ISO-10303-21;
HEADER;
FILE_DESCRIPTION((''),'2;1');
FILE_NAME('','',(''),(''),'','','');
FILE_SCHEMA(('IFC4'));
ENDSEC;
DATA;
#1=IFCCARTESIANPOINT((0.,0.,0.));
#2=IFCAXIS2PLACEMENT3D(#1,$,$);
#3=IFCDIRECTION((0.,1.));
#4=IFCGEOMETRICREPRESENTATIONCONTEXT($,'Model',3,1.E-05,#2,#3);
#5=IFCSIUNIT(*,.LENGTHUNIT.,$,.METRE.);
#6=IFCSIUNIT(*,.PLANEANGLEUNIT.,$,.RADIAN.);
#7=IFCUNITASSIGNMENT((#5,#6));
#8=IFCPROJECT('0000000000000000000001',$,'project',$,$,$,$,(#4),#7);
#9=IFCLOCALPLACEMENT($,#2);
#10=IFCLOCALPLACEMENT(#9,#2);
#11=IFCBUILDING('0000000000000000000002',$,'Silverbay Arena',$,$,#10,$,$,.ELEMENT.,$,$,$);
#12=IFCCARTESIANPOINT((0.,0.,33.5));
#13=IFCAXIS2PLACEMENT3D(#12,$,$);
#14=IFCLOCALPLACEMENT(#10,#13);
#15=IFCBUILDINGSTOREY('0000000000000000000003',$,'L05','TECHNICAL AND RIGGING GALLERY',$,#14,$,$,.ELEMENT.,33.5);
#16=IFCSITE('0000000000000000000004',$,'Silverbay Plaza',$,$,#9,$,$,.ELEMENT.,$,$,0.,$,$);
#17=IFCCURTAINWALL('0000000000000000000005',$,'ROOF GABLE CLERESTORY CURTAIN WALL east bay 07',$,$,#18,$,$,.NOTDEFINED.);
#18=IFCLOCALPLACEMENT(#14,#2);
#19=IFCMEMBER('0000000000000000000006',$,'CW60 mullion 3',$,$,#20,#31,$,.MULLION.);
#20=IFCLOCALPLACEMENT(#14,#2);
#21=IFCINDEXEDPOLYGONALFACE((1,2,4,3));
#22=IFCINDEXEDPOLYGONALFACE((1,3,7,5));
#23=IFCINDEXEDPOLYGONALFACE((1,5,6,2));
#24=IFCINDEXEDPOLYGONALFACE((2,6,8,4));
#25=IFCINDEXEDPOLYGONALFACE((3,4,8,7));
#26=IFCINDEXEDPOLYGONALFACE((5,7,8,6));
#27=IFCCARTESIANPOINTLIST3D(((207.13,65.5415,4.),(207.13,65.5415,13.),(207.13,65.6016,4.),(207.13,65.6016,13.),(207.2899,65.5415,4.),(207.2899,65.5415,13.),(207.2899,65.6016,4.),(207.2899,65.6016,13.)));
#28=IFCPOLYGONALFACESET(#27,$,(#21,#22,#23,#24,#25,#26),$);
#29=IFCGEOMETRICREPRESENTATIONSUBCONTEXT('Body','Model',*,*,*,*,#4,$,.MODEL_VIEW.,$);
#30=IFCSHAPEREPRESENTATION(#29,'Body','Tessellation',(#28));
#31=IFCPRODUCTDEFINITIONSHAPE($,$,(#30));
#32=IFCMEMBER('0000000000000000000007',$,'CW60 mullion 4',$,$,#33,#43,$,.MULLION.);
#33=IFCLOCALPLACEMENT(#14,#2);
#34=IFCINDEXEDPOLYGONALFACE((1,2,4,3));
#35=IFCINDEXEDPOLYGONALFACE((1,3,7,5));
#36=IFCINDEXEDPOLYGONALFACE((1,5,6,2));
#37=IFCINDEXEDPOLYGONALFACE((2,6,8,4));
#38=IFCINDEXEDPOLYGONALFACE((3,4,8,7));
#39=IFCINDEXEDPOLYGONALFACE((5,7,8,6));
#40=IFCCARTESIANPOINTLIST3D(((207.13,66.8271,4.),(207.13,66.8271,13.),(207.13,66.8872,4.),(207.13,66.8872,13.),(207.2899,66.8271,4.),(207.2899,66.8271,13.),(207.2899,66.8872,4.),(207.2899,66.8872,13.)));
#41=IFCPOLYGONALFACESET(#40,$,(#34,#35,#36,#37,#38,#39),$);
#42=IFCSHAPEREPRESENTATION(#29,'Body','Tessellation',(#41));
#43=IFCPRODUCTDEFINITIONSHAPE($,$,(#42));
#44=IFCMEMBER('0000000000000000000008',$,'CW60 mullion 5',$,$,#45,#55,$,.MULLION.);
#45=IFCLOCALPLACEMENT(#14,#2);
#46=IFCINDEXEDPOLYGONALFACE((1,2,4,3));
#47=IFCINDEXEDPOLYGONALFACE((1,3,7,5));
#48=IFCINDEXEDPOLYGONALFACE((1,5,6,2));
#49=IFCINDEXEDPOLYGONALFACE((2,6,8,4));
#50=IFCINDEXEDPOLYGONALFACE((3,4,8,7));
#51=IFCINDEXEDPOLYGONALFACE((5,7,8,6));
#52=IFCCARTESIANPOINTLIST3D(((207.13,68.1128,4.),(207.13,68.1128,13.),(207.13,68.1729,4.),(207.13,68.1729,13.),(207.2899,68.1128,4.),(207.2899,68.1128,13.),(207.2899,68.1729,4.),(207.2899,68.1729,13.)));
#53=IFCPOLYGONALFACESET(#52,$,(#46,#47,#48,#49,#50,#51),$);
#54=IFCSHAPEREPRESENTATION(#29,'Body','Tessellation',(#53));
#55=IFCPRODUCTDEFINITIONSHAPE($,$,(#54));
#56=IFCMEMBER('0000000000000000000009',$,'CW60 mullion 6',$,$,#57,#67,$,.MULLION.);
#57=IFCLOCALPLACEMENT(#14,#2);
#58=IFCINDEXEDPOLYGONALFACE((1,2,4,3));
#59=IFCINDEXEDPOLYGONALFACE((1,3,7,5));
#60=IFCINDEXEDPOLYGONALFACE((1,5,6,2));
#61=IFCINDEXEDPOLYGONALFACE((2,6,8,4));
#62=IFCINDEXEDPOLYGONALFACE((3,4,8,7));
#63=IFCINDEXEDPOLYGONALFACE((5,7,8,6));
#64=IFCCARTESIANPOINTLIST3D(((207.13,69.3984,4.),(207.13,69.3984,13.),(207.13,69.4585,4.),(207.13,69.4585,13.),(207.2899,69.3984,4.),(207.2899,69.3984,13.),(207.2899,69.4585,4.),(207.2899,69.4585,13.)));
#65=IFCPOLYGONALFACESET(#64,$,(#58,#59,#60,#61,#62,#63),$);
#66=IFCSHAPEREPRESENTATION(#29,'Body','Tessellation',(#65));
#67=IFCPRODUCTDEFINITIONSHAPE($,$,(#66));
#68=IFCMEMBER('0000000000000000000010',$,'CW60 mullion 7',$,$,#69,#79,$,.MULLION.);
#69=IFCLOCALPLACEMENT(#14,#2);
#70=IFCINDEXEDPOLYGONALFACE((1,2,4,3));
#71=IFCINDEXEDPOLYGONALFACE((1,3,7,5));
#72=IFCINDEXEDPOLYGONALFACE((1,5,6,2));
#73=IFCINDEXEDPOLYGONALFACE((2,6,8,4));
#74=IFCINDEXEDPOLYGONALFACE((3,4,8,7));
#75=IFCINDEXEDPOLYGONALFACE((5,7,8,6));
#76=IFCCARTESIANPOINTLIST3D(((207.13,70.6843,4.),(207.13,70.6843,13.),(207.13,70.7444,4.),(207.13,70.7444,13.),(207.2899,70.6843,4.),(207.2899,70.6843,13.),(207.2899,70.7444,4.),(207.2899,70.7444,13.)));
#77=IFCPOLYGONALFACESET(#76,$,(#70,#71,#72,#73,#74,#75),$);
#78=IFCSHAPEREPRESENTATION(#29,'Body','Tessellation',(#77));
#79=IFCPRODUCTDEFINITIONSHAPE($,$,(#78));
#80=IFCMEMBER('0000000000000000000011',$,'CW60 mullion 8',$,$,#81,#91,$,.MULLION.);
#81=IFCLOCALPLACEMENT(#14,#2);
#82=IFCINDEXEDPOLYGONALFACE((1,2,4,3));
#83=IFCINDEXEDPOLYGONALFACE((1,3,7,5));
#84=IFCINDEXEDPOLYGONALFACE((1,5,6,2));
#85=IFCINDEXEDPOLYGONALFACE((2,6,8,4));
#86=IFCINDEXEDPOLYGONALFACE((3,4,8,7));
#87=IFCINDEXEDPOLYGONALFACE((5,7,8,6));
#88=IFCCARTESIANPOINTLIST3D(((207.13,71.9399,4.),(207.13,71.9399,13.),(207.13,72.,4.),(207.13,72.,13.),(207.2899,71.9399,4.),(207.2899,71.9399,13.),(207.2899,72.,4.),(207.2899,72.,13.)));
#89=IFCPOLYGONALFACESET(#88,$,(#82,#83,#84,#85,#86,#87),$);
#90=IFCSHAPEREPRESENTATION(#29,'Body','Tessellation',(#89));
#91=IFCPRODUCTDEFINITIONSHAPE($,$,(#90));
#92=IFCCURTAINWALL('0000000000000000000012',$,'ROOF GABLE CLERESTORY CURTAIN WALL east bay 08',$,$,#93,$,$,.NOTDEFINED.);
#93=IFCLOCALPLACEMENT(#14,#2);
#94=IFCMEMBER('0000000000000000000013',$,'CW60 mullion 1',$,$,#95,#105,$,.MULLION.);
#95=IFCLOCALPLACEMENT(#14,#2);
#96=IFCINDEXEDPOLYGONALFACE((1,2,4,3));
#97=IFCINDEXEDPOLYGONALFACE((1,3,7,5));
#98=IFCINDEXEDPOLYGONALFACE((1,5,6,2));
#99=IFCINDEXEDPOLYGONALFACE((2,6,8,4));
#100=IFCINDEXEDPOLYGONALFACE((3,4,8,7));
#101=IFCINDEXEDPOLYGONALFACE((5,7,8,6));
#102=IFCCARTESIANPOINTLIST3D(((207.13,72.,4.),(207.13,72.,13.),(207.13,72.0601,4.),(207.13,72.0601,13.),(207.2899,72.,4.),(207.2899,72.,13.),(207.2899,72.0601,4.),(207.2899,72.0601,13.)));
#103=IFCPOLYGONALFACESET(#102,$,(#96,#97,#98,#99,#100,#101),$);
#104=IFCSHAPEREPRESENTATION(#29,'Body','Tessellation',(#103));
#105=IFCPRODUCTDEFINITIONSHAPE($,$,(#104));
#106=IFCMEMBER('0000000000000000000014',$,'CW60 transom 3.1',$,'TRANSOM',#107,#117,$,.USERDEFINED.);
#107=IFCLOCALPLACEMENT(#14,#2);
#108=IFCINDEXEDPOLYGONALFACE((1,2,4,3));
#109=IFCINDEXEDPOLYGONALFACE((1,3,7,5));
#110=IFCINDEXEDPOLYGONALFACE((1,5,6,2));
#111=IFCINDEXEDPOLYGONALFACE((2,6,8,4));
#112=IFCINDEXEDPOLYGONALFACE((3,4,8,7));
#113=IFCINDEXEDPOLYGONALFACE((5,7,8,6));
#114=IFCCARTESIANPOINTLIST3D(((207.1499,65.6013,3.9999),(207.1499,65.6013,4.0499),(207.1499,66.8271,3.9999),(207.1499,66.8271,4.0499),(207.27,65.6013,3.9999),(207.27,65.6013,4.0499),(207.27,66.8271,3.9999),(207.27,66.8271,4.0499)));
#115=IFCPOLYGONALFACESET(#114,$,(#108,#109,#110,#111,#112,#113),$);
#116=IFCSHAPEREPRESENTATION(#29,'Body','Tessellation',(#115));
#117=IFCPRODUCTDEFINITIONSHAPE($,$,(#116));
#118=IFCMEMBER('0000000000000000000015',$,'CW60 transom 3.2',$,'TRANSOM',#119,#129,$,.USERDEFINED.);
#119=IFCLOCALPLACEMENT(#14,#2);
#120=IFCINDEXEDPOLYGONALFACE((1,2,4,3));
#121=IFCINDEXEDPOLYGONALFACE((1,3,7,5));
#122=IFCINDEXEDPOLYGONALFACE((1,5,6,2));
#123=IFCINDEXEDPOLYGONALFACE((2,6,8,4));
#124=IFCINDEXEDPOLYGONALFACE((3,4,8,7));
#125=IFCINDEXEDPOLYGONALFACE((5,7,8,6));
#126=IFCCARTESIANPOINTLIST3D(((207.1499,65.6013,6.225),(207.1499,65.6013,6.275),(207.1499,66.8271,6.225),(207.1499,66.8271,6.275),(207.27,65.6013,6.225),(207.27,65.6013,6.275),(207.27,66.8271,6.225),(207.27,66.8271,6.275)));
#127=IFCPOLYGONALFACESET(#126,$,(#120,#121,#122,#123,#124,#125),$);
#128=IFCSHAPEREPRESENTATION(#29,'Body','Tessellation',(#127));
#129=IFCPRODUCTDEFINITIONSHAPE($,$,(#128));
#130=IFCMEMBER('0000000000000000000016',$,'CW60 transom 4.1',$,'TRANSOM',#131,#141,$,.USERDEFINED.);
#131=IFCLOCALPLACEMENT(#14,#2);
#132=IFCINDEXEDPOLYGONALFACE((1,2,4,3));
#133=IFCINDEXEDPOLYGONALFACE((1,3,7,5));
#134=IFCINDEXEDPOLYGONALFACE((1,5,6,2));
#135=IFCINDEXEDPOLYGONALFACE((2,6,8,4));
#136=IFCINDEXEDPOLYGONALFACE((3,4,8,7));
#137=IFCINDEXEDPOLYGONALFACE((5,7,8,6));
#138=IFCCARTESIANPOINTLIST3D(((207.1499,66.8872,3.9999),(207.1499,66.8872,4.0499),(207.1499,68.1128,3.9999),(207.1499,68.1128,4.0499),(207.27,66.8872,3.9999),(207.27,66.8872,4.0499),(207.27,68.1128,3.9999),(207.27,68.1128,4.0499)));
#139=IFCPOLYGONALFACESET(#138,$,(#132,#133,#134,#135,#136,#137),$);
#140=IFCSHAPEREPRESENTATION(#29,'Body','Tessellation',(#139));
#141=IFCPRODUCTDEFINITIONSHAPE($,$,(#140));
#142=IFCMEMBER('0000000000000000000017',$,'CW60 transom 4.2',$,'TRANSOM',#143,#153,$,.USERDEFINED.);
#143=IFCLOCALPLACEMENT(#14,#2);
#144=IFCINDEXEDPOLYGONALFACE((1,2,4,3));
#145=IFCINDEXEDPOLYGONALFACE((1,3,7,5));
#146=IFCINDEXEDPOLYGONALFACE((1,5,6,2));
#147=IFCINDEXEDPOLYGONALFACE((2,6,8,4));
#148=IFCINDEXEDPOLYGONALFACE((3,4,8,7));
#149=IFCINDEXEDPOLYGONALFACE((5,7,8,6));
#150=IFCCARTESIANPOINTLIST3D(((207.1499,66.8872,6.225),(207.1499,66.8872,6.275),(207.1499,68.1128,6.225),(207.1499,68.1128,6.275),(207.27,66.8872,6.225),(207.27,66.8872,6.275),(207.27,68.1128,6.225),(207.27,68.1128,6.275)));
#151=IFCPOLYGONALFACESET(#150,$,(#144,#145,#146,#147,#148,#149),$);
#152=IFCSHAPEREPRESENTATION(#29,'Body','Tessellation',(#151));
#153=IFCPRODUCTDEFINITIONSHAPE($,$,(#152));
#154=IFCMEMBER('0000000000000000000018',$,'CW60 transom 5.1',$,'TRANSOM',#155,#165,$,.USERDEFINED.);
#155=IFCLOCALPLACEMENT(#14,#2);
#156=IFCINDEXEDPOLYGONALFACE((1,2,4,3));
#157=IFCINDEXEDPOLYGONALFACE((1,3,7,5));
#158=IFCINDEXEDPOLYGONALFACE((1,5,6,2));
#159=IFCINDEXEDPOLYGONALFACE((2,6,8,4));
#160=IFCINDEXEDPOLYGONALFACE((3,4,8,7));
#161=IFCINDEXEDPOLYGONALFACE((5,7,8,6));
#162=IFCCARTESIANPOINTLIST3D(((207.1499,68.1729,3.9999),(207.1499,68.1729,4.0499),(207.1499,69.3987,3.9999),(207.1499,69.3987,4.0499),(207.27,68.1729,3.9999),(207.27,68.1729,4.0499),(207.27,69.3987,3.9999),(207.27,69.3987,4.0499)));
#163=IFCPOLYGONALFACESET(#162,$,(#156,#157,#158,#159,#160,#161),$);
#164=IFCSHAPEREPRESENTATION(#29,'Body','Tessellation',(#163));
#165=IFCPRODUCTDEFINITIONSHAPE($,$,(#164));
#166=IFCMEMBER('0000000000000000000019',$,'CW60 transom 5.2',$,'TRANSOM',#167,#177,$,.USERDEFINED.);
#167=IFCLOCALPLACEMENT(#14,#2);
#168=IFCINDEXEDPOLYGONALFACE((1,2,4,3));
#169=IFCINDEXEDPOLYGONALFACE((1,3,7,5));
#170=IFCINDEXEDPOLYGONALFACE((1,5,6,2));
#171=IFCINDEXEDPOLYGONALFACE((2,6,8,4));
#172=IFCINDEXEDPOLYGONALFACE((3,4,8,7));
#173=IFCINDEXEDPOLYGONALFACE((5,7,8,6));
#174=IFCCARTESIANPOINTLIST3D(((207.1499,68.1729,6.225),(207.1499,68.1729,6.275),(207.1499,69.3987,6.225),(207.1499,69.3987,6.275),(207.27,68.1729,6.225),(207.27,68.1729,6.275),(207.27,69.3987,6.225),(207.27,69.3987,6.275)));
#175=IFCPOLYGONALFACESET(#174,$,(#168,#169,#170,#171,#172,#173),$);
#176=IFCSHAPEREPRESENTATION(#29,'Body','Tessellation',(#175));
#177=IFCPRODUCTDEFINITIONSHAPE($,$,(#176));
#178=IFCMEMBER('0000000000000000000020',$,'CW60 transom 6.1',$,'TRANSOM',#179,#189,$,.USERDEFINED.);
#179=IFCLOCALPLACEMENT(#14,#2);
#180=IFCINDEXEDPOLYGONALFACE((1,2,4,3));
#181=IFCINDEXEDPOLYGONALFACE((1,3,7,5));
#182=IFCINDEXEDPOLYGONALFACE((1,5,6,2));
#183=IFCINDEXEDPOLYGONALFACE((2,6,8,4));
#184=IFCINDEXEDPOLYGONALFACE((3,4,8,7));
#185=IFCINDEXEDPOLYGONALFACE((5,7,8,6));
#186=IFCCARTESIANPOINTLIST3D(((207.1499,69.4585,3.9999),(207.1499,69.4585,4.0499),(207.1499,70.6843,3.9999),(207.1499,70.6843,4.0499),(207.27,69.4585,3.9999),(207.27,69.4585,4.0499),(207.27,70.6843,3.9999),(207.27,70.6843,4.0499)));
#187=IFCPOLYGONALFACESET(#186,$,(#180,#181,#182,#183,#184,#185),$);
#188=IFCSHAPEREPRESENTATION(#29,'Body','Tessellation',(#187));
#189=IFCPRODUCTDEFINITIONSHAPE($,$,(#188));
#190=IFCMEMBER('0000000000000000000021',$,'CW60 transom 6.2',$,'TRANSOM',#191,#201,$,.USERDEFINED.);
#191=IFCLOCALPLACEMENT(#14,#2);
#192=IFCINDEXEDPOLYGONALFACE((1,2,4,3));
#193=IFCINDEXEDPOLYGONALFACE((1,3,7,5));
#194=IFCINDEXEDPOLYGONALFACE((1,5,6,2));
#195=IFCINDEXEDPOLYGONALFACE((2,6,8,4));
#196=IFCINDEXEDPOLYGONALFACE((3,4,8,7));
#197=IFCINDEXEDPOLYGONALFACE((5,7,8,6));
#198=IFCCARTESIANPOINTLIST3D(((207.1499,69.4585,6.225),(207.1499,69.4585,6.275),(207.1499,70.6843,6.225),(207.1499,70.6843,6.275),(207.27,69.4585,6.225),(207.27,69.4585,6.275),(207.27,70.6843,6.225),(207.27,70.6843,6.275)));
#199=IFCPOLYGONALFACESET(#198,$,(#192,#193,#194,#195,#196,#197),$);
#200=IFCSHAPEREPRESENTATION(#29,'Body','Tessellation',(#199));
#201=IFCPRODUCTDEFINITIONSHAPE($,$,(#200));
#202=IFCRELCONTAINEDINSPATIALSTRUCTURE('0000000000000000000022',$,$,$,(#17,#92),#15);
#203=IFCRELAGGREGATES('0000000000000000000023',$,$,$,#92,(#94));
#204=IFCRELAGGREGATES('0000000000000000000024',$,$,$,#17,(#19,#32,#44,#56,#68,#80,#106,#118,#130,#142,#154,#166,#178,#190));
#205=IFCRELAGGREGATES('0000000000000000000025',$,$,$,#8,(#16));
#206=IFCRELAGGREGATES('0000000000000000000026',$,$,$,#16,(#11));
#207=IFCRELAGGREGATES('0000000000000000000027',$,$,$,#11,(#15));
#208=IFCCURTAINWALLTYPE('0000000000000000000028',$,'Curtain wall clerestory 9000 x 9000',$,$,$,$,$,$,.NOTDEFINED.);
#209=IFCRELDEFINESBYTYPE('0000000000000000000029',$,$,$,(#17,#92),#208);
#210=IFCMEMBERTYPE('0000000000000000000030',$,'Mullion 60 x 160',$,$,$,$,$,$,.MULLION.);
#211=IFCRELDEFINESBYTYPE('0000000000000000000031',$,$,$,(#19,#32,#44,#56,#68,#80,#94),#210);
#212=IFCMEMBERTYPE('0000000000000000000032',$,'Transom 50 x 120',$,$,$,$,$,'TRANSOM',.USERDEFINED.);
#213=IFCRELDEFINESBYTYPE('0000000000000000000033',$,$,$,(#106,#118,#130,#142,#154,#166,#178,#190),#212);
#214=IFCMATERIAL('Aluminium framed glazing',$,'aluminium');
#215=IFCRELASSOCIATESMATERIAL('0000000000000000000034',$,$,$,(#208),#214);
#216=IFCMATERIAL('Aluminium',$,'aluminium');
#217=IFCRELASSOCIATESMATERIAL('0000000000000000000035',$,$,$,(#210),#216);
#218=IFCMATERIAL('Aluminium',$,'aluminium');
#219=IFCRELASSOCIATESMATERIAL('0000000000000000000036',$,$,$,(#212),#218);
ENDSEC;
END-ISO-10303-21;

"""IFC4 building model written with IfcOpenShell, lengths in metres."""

from ifc_helpers import new_model, si_unit, direction, frame, origin, origin_2d, place, context, subcontext, project, spatial, rectangle, extrude, material, material_profile, profile_set, type_object, element, aggregate, save


model = new_model("IFC4")

# Units and contexts
model_context = context("Model", 3, precision=1e-05, world=origin(), true_north=direction((0.0, 1.0)))
body_context = subcontext(model_context, "Body", "Model", "MODEL_VIEW")
ifc_project = project(units=[si_unit("LENGTHUNIT", "METRE"), si_unit("PLANEANGLEUNIT", "RADIAN")], contexts=[model_context])

# Site, building, storey
site_placement = place(None, origin())
site = spatial("IfcSite", under=ifc_project, at=site_placement, Name="Silverbay Plaza", CompositionType="ELEMENT", RefElevation=0.0)
building_placement = place(site_placement, origin())
building = spatial("IfcBuilding", under=site, at=building_placement, Name="Silverbay Arena", CompositionType="ELEMENT")
storey_placement = place(building_placement, frame((0.0, 0.0, 33.5)))
storey = spatial("IfcBuildingStorey", under=building, at=storey_placement, Name="L05", Description="TECHNICAL AND RIGGING GALLERY", CompositionType="ELEMENT", Elevation=33.5)

# Curtain wall, members
ifc_material_1 = material(Name="Aluminium framed glazing", Category="aluminium")
curtain_wall_type = type_object("IfcCurtainWallType", Name="Curtain wall clerestory 9000 x 9000", PredefinedType="NOTDEFINED", material=ifc_material_1)
curtain_wall_1_placement = place(storey_placement, origin())
curtain_wall_1 = element("IfcCurtainWall", 1, at=curtain_wall_1_placement, inside=storey, type_object=curtain_wall_type, Name="ROOF GABLE CLERESTORY CURTAIN WALL east bay 07", PredefinedType="NOTDEFINED")
ifc_material_2 = material(Name="Aluminium", Category="aluminium")
ifc_material_profile_1 = material_profile(ifc_material_2, rectangle(XDim=0.1599, YDim=0.0601, at=origin_2d()), Name="Mullion 60 x 160")
ifc_profile_set_1 = profile_set([ifc_material_profile_1], Name="Aluminium")
member_type_1 = type_object("IfcMemberType", Name="Mullion 60 x 160", PredefinedType="MULLION", material=ifc_profile_set_1)
member_1_placement = place(storey_placement, frame((207.21, 65.5715, 4.0), z_axis=(0.0, 0.0, 1.0), x_axis=(-1.0, 0.0, 0.0)))
member_1 = element("IfcMember", 2, at=member_1_placement, type_object=member_type_1, Name="CW60 mullion 3", PredefinedType="MULLION", context=body_context, shape_type="SweptSolid", body=[
    extrude(rectangle(XDim=0.1599, YDim=0.0601, at=origin_2d()), origin(), (0.0, 0.0, 1.0), 9.0),
])
member_2_placement = place(storey_placement, frame((207.21, 66.8572, 4.0), z_axis=(0.0, 0.0, 1.0), x_axis=(-1.0, 0.0, 0.0)))
member_2 = element("IfcMember", 3, at=member_2_placement, type_object=member_type_1, Name="CW60 mullion 4", PredefinedType="MULLION", context=body_context, shape_type="SweptSolid", body=[
    extrude(rectangle(XDim=0.1599, YDim=0.0601, at=origin_2d()), origin(), (0.0, 0.0, 1.0), 9.0),
])
member_3_placement = place(storey_placement, frame((207.21, 68.1428, 4.0), z_axis=(0.0, 0.0, 1.0), x_axis=(-1.0, 0.0, 0.0)))
member_3 = element("IfcMember", 4, at=member_3_placement, type_object=member_type_1, Name="CW60 mullion 5", PredefinedType="MULLION", context=body_context, shape_type="SweptSolid", body=[
    extrude(rectangle(XDim=0.1599, YDim=0.0601, at=origin_2d()), origin(), (0.0, 0.0, 1.0), 9.0),
])
member_4_placement = place(storey_placement, frame((207.21, 69.4285, 4.0), z_axis=(0.0, 0.0, 1.0), x_axis=(-1.0, 0.0, 0.0)))
member_4 = element("IfcMember", 5, at=member_4_placement, type_object=member_type_1, Name="CW60 mullion 6", PredefinedType="MULLION", context=body_context, shape_type="SweptSolid", body=[
    extrude(rectangle(XDim=0.1599, YDim=0.0601, at=origin_2d()), origin(), (0.0, 0.0, 1.0), 9.0),
])
member_5_placement = place(storey_placement, frame((207.21, 70.7144, 4.0), z_axis=(0.0, 0.0, 1.0), x_axis=(-1.0, 0.0, 0.0)))
member_5 = element("IfcMember", 6, at=member_5_placement, type_object=member_type_1, Name="CW60 mullion 7", PredefinedType="MULLION", context=body_context, shape_type="SweptSolid", body=[
    extrude(rectangle(XDim=0.1599, YDim=0.0601, at=origin_2d()), origin(), (0.0, 0.0, 1.0), 9.0),
])
member_6_placement = place(storey_placement, frame((207.21, 71.97, 4.0), z_axis=(0.0, 0.0, 1.0), x_axis=(-1.0, 0.0, 0.0)))
member_6 = element("IfcMember", 7, at=member_6_placement, type_object=member_type_1, Name="CW60 mullion 8", PredefinedType="MULLION", context=body_context, shape_type="SweptSolid", body=[
    extrude(rectangle(XDim=0.1599, YDim=0.0601, at=origin_2d()), origin(), (0.0, 0.0, 1.0), 9.0),
])

# Curtain wall, member
curtain_wall_2_placement = place(storey_placement, origin())
curtain_wall_2 = element("IfcCurtainWall", 8, at=curtain_wall_2_placement, inside=storey, type_object=curtain_wall_type, Name="ROOF GABLE CLERESTORY CURTAIN WALL east bay 08", PredefinedType="NOTDEFINED")
member_7_placement = place(storey_placement, frame((207.21, 72.03, 4.0), z_axis=(0.0, 0.0, 1.0), x_axis=(-1.0, 0.0, 0.0)))
member_7 = element("IfcMember", 9, at=member_7_placement, type_object=member_type_1, Name="CW60 mullion 1", PredefinedType="MULLION", context=body_context, shape_type="SweptSolid", body=[
    extrude(rectangle(XDim=0.1599, YDim=0.0601, at=origin_2d()), origin(), (0.0, 0.0, 1.0), 9.0),
])

# Members
ifc_material_3 = material(Name="Aluminium", Category="aluminium")
ifc_material_profile_2 = material_profile(ifc_material_3, rectangle(XDim=0.1201, YDim=0.05, at=origin_2d()), Name="Transom 50 x 120")
ifc_profile_set_2 = profile_set([ifc_material_profile_2], Name="Aluminium")
member_type_2 = type_object("IfcMemberType", Name="Transom 50 x 120", ElementType="TRANSOM", PredefinedType="USERDEFINED", material=ifc_profile_set_2)
member_8_placement = place(storey_placement, frame((207.21, 65.6013, 4.0249), z_axis=(0.0, 1.0, 0.0), x_axis=(-1.0, 0.0, 0.0)))
member_8 = element("IfcMember", 10, at=member_8_placement, type_object=member_type_2, Name="CW60 transom 3.1", ObjectType="TRANSOM", PredefinedType="USERDEFINED", context=body_context, shape_type="SweptSolid", body=[
    extrude(rectangle(XDim=0.1201, YDim=0.05, at=origin_2d()), origin(), (0.0, 0.0, 1.0), 1.2258),
])
member_9_placement = place(storey_placement, frame((207.21, 65.6013, 6.25), z_axis=(0.0, 1.0, 0.0), x_axis=(-1.0, 0.0, 0.0)))
member_9 = element("IfcMember", 11, at=member_9_placement, type_object=member_type_2, Name="CW60 transom 3.2", ObjectType="TRANSOM", PredefinedType="USERDEFINED", context=body_context, shape_type="SweptSolid", body=[
    extrude(rectangle(XDim=0.1201, YDim=0.05, at=origin_2d()), origin(), (0.0, 0.0, 1.0), 1.2258),
])
member_10_placement = place(storey_placement, frame((207.21, 66.8872, 4.0249), z_axis=(0.0, 1.0, 0.0), x_axis=(-1.0, 0.0, 0.0)))
member_10 = element("IfcMember", 12, at=member_10_placement, type_object=member_type_2, Name="CW60 transom 4.1", ObjectType="TRANSOM", PredefinedType="USERDEFINED", context=body_context, shape_type="SweptSolid", body=[
    extrude(rectangle(XDim=0.1201, YDim=0.05, at=origin_2d()), origin(), (0.0, 0.0, 1.0), 1.2256),
])
member_11_placement = place(storey_placement, frame((207.21, 66.8872, 6.25), z_axis=(0.0, 1.0, 0.0), x_axis=(-1.0, 0.0, 0.0)))
member_11 = element("IfcMember", 13, at=member_11_placement, type_object=member_type_2, Name="CW60 transom 4.2", ObjectType="TRANSOM", PredefinedType="USERDEFINED", context=body_context, shape_type="SweptSolid", body=[
    extrude(rectangle(XDim=0.1201, YDim=0.05, at=origin_2d()), origin(), (0.0, 0.0, 1.0), 1.2256),
])
member_12_placement = place(storey_placement, frame((207.21, 68.1729, 4.0249), z_axis=(0.0, 1.0, 0.0), x_axis=(-1.0, 0.0, 0.0)))
member_12 = element("IfcMember", 14, at=member_12_placement, type_object=member_type_2, Name="CW60 transom 5.1", ObjectType="TRANSOM", PredefinedType="USERDEFINED", context=body_context, shape_type="SweptSolid", body=[
    extrude(rectangle(XDim=0.1201, YDim=0.05, at=origin_2d()), origin(), (0.0, 0.0, 1.0), 1.2258),
])
member_13_placement = place(storey_placement, frame((207.21, 68.1729, 6.25), z_axis=(0.0, 1.0, 0.0), x_axis=(-1.0, 0.0, 0.0)))
member_13 = element("IfcMember", 15, at=member_13_placement, type_object=member_type_2, Name="CW60 transom 5.2", ObjectType="TRANSOM", PredefinedType="USERDEFINED", context=body_context, shape_type="SweptSolid", body=[
    extrude(rectangle(XDim=0.1201, YDim=0.05, at=origin_2d()), origin(), (0.0, 0.0, 1.0), 1.2258),
])
member_14_placement = place(storey_placement, frame((207.21, 69.4585, 4.0249), z_axis=(0.0, 1.0, 0.0), x_axis=(-1.0, 0.0, 0.0)))
member_14 = element("IfcMember", 16, at=member_14_placement, type_object=member_type_2, Name="CW60 transom 6.1", ObjectType="TRANSOM", PredefinedType="USERDEFINED", context=body_context, shape_type="SweptSolid", body=[
    extrude(rectangle(XDim=0.1201, YDim=0.05, at=origin_2d()), origin(), (0.0, 0.0, 1.0), 1.2258),
])
member_15_placement = place(storey_placement, frame((207.21, 69.4585, 6.25), z_axis=(0.0, 1.0, 0.0), x_axis=(-1.0, 0.0, 0.0)))
member_15 = element("IfcMember", 17, at=member_15_placement, type_object=member_type_2, Name="CW60 transom 6.2", ObjectType="TRANSOM", PredefinedType="USERDEFINED", context=body_context, shape_type="SweptSolid", body=[
    extrude(rectangle(XDim=0.1201, YDim=0.05, at=origin_2d()), origin(), (0.0, 0.0, 1.0), 1.2258),
])
aggregate(curtain_wall_2, [member_7])

aggregate(curtain_wall_1, [member_1, member_2, member_3, member_4, member_5, member_6, member_8, member_9, member_10, member_11, member_12, member_13, member_14, member_15])

save(model, "model.ifc")
